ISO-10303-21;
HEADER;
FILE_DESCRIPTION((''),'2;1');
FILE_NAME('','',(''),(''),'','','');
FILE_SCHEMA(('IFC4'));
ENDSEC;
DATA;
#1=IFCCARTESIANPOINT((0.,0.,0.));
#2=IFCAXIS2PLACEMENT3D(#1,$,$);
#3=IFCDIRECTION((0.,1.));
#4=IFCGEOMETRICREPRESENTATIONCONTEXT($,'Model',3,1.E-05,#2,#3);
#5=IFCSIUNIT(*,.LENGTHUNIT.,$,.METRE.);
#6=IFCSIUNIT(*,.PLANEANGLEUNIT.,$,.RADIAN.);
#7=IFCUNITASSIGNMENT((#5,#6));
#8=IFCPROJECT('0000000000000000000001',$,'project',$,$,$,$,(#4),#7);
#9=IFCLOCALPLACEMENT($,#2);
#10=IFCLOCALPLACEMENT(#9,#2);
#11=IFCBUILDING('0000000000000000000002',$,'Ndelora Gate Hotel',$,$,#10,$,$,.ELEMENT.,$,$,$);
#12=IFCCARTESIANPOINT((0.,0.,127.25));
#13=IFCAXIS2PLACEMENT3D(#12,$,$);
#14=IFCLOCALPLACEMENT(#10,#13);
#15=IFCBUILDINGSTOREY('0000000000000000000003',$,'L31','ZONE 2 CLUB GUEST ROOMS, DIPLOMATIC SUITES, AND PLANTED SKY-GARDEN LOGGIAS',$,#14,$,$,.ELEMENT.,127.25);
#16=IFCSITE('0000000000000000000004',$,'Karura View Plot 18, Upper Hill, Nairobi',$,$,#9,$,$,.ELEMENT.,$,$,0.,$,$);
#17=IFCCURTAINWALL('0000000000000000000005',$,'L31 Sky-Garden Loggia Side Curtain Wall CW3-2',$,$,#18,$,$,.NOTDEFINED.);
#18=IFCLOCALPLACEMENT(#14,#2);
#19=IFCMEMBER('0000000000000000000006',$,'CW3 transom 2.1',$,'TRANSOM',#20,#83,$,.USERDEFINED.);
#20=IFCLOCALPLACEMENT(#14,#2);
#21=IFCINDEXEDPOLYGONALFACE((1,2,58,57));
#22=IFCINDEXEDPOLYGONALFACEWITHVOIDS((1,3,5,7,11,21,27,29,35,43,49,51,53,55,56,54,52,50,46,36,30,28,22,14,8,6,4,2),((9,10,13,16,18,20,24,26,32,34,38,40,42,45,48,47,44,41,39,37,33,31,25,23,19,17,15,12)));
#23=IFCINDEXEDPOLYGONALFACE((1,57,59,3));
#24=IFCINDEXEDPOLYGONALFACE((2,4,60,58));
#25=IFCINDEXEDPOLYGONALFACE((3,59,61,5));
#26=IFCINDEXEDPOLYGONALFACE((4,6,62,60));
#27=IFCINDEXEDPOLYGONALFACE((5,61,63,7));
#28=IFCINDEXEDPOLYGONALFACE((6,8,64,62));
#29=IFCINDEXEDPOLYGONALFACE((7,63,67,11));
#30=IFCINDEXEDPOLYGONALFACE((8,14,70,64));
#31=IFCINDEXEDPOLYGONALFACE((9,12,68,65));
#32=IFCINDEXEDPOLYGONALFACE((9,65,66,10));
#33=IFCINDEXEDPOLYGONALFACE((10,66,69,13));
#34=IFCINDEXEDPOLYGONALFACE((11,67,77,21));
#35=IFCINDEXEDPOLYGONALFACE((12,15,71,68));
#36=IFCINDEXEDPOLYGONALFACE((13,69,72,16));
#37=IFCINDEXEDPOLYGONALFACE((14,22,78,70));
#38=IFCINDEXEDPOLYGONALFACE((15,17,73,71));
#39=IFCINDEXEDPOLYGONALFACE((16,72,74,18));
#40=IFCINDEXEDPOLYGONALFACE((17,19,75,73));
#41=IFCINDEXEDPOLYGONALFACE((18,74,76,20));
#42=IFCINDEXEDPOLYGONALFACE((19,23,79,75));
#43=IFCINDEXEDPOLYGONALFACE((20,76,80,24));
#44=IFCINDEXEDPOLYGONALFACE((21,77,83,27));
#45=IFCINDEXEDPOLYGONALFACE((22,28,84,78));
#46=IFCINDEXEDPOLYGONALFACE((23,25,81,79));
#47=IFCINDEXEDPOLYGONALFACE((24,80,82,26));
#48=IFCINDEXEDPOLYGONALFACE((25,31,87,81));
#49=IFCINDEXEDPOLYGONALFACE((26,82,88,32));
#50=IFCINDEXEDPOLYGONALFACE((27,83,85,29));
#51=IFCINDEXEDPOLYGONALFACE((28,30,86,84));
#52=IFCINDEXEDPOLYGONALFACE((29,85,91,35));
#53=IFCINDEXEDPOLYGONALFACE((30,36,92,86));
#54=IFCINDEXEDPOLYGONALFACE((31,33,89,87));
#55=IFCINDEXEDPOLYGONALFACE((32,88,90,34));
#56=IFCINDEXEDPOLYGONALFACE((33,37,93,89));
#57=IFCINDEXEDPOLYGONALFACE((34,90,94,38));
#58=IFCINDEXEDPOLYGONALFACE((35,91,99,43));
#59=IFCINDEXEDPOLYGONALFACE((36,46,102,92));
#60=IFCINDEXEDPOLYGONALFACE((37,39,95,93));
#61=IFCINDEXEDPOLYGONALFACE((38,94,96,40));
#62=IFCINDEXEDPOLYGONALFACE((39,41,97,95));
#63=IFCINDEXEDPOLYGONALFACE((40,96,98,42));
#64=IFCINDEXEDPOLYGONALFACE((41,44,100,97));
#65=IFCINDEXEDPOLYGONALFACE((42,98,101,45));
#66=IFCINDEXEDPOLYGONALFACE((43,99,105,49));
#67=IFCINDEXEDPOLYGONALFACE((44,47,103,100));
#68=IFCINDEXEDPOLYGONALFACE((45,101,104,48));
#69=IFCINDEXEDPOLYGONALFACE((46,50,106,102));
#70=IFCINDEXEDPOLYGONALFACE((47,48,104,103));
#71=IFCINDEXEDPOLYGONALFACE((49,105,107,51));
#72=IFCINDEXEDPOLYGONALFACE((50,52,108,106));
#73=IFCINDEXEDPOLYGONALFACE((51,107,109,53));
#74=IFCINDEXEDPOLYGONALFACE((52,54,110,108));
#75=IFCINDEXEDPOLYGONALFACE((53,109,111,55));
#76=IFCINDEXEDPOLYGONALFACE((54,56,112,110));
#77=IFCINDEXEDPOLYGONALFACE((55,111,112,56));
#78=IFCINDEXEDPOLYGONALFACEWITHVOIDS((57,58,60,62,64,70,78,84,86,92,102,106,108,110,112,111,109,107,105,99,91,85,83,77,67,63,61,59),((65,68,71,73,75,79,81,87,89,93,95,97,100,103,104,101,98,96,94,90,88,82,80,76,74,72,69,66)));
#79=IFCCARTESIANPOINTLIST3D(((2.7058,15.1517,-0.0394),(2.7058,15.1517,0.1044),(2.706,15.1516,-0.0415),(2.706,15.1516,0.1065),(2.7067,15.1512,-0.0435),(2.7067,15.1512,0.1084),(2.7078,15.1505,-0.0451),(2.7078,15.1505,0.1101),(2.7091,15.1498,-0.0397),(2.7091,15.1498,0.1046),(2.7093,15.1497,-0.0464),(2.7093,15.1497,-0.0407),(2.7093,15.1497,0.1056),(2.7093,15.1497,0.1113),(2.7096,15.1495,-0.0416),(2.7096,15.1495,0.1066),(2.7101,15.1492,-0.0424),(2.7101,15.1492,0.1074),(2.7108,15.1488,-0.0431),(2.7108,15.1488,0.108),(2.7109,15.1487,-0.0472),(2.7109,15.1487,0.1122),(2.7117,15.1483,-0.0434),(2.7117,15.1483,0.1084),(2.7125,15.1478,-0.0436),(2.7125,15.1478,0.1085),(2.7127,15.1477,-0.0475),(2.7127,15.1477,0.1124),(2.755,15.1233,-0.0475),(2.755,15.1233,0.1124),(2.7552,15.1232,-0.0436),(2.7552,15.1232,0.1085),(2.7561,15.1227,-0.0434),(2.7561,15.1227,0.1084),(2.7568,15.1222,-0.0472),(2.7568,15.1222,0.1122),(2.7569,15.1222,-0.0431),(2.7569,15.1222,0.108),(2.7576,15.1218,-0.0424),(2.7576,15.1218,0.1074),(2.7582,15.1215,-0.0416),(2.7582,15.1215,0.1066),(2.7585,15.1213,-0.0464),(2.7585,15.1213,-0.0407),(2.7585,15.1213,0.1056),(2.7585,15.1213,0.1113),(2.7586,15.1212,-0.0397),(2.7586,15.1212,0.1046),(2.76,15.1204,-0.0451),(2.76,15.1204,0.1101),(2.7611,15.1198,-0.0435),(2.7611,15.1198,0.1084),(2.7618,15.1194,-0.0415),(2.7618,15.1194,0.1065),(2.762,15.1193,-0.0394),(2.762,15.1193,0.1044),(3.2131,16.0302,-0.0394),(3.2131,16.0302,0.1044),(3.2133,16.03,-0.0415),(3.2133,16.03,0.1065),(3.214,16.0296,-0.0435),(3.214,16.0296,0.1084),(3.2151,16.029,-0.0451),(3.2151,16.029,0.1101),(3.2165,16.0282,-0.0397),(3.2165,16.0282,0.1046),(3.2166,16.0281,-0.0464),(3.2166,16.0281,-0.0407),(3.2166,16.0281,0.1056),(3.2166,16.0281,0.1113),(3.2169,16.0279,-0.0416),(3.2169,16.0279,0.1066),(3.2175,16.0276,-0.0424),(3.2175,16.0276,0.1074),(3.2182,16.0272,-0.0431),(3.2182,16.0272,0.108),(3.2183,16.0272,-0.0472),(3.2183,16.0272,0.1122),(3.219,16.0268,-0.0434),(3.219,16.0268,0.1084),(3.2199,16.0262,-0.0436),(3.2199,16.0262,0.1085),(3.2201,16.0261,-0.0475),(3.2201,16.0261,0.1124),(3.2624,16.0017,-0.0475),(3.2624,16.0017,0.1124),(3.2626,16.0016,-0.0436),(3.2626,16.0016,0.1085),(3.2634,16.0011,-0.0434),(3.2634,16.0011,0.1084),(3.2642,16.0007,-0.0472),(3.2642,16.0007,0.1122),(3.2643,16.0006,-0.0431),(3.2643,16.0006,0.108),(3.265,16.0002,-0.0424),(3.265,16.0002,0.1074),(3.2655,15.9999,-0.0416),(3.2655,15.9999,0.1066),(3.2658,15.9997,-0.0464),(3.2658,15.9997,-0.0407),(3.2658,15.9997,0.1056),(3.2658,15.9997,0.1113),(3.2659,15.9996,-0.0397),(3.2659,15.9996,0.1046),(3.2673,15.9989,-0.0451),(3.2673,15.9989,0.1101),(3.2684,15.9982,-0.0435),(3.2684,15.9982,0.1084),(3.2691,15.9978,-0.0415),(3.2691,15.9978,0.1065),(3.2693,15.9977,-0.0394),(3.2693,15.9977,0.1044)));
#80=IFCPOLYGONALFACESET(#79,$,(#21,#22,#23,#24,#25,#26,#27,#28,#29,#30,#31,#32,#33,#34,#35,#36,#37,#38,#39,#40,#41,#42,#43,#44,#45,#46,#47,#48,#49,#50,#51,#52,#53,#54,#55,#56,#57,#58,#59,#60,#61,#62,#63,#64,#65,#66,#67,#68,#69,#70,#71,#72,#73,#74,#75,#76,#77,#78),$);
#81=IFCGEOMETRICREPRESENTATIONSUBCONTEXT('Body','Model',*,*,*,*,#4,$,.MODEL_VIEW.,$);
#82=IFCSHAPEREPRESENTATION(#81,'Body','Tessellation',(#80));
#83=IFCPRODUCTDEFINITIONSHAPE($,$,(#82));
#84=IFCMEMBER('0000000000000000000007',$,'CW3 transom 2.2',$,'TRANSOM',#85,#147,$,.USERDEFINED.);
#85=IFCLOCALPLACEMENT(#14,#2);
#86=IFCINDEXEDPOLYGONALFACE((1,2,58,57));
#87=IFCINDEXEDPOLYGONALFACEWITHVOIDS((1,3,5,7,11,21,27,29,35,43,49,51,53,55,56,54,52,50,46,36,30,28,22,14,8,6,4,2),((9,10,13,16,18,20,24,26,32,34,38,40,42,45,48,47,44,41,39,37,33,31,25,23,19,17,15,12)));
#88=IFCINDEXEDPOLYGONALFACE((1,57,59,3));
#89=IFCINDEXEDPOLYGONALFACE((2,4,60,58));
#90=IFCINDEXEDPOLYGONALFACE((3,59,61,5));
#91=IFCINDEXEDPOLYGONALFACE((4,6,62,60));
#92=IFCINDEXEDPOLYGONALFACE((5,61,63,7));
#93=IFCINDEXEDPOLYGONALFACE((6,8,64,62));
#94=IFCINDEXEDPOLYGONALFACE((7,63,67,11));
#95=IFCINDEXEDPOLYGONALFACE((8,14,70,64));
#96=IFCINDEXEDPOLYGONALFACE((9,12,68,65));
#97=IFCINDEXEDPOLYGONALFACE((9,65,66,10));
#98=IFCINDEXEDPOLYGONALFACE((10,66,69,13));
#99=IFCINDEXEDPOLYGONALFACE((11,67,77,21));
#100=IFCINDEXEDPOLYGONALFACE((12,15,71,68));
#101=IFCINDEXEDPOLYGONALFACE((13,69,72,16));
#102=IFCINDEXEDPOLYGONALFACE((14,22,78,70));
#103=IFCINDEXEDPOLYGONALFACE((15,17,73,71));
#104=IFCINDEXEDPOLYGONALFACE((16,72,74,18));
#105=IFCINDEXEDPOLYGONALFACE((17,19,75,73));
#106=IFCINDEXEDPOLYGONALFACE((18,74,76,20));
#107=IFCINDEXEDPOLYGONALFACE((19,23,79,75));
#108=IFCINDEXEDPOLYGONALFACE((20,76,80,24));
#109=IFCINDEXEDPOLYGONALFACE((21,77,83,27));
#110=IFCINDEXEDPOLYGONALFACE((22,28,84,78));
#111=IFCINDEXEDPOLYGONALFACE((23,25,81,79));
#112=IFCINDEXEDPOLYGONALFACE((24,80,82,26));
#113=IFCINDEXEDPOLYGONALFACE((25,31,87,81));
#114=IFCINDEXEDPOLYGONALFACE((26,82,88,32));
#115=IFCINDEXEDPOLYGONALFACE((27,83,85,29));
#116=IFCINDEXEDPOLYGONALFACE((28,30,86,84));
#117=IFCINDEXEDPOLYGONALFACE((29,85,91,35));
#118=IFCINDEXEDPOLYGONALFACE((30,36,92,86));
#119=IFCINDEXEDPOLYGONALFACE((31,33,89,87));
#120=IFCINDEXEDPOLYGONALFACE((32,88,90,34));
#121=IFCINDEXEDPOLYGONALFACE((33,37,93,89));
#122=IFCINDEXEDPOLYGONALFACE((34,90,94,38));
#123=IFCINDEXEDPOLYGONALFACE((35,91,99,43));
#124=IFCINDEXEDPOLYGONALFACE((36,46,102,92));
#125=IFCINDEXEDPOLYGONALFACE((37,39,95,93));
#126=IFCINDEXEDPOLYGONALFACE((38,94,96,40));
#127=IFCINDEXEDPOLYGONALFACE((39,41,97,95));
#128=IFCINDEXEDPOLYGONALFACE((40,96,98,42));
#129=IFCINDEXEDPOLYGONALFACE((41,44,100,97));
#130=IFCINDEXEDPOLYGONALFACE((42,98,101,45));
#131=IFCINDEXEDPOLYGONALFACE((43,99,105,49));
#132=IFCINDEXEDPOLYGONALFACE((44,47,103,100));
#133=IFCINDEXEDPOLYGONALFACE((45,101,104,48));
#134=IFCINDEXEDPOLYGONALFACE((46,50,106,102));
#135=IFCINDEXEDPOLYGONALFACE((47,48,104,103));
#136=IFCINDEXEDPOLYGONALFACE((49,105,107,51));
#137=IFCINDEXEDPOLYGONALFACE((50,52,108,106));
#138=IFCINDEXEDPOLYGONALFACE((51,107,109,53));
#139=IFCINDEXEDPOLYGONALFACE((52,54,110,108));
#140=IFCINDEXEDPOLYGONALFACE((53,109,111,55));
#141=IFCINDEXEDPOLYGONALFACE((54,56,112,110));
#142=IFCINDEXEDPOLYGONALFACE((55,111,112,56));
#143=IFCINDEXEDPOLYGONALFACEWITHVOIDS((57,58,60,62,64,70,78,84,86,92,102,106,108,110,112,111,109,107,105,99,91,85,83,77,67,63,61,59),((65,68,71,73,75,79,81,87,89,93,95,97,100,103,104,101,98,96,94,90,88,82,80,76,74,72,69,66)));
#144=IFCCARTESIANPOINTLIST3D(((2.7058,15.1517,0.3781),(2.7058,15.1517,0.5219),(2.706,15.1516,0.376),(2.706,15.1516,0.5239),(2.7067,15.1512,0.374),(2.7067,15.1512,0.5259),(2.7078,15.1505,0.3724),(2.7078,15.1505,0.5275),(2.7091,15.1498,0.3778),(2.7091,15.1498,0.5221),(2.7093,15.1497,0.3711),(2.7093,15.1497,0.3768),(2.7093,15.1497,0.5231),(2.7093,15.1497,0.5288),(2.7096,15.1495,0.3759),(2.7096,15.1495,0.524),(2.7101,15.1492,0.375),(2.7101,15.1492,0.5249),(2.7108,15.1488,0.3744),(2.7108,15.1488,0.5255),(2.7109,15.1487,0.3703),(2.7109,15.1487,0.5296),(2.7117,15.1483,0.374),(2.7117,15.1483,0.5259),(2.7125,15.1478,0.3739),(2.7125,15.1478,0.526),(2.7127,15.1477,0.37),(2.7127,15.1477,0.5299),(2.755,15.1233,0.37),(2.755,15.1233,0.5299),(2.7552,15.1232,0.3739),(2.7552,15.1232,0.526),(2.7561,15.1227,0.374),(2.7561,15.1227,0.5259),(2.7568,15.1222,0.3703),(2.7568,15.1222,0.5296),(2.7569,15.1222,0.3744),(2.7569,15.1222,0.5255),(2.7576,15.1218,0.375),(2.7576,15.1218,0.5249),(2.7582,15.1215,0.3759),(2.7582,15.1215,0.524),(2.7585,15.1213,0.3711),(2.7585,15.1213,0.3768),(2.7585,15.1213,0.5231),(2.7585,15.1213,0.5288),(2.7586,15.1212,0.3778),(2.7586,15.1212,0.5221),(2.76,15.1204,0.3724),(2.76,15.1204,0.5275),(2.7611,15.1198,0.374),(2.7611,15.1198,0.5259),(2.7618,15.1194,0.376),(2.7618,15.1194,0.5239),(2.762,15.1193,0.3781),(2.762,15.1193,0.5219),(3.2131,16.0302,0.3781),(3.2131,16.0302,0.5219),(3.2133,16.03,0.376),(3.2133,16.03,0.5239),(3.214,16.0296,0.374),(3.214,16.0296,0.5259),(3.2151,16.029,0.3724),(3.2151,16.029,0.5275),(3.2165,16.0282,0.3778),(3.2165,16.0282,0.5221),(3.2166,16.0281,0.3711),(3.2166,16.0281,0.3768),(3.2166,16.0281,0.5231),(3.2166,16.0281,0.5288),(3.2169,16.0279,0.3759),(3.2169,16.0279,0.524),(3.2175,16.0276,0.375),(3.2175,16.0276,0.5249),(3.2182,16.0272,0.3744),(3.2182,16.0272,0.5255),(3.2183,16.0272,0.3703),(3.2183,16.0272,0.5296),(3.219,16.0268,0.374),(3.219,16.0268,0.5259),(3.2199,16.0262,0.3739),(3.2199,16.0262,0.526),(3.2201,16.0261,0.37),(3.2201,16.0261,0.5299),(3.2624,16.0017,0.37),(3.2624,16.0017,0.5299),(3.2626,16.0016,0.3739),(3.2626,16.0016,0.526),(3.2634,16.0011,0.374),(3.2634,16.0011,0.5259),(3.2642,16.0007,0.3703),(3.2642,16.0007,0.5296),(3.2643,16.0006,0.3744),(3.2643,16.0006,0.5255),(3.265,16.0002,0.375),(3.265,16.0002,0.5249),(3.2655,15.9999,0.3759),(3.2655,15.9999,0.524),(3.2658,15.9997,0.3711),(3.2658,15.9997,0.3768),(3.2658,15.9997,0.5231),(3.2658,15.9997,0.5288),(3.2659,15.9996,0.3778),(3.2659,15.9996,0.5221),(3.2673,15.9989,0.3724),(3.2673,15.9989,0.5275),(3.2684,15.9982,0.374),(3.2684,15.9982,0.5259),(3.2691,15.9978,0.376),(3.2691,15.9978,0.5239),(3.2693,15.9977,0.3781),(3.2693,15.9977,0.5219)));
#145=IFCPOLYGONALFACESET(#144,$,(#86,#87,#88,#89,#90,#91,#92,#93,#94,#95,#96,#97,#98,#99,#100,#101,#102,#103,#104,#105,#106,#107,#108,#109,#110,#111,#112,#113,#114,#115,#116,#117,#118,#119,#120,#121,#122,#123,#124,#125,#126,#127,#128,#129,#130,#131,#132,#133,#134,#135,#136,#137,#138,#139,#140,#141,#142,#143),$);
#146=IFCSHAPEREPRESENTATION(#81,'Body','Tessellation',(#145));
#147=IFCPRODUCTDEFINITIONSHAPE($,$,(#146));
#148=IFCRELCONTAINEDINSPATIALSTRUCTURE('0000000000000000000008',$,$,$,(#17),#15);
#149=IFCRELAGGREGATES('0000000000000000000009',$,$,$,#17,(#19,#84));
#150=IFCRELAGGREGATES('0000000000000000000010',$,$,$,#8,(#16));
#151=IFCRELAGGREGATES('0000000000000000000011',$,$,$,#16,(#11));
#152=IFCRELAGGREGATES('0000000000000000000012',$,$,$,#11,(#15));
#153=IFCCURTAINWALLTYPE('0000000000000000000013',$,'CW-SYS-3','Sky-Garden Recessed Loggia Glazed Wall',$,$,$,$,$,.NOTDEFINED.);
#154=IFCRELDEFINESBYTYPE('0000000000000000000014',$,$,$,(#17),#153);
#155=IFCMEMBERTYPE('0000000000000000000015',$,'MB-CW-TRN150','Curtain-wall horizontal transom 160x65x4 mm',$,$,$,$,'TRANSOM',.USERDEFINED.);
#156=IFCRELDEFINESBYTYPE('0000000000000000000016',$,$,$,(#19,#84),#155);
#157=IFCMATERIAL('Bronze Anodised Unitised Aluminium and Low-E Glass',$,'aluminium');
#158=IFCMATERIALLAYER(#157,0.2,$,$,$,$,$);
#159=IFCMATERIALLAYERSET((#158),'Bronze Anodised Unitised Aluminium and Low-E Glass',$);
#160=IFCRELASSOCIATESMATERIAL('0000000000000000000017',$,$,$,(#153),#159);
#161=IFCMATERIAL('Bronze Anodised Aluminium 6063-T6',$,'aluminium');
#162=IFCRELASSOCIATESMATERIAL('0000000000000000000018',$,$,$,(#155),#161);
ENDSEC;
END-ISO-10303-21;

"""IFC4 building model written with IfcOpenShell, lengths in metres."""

from ifc_helpers import new_model, si_unit, direction, frame, origin, origin_2d, place, context, subcontext, project, spatial, hollow_rectangle, extrude, material, layer, layer_set, material_profile, profile_set, type_object, element, aggregate, save


model = new_model("IFC4")

# Units and contexts
model_context = context("Model", 3, precision=1e-05, world=origin(), true_north=direction((0.0, 1.0)))
body_context = subcontext(model_context, "Body", "Model", "MODEL_VIEW")
ifc_project = project(units=[si_unit("LENGTHUNIT", "METRE"), si_unit("PLANEANGLEUNIT", "RADIAN")], contexts=[model_context])

# Site, building, storey
site_placement = place(None, origin())
site = spatial("IfcSite", under=ifc_project, at=site_placement, Name="Karura View Plot 18, Upper Hill, Nairobi", CompositionType="ELEMENT", RefElevation=0.0)
building_placement = place(site_placement, origin())
building = spatial("IfcBuilding", under=site, at=building_placement, Name="Ndelora Gate Hotel", CompositionType="ELEMENT")
storey_placement = place(building_placement, frame((0.0, 0.0, 127.25)))
storey = spatial("IfcBuildingStorey", under=building, at=storey_placement, Name="L31", Description="ZONE 2 CLUB GUEST ROOMS, DIPLOMATIC SUITES, AND PLANTED SKY-GARDEN LOGGIAS", CompositionType="ELEMENT", Elevation=127.25)

# Curtain wall, members
ifc_material_1 = material(Name="Bronze Anodised Unitised Aluminium and Low-E Glass", Category="aluminium")
ifc_layer_1 = layer(ifc_material_1, 0.2)
ifc_layer_set_1 = layer_set([ifc_layer_1], Name="Bronze Anodised Unitised Aluminium and Low-E Glass")
curtain_wall_type = type_object("IfcCurtainWallType", Name="CW-SYS-3", Description="Sky-Garden Recessed Loggia Glazed Wall", PredefinedType="NOTDEFINED", material=ifc_layer_set_1)
curtain_wall_placement = place(storey_placement, origin())
curtain_wall = element("IfcCurtainWall", 1, at=curtain_wall_placement, inside=storey, type_object=curtain_wall_type, Name="L31 Sky-Garden Loggia Side Curtain Wall CW3-2", PredefinedType="NOTDEFINED")
ifc_material_2 = material(Name="Bronze Anodised Aluminium 6063-T6", Category="aluminium")
ifc_material_profile_1 = material_profile(ifc_material_2, hollow_rectangle(XDim=0.0649, YDim=0.1599, WallThickness=0.0039, InnerFilletRadius=0.0039, OuterFilletRadius=0.0081, at=origin_2d()), Name="ALU 160x65x4")
ifc_profile_set_1 = profile_set([ifc_material_profile_1], Name="Bronze Anodised Aluminium 6063-T6")
member_type_1 = type_object("IfcMemberType", Name="MB-CW-TRN150", Description="Curtain-wall horizontal transom 160x65x4 mm", ElementType="TRANSOM", PredefinedType="USERDEFINED", material=ifc_profile_set_1)
member_1_placement = place(storey_placement, frame((3.2412, 16.0139, 0.0325), z_axis=(-0.500125, -0.865953, 0.0), x_axis=(0.865953, -0.500125, 0.0)))
member_1 = element("IfcMember", 2, at=member_1_placement, type_object=member_type_1, Name="CW3 transom 2.1", ObjectType="TRANSOM", PredefinedType="USERDEFINED", context=body_context, shape_type="SweptSolid", body=[
    extrude(hollow_rectangle(XDim=0.0649, YDim=0.1599, WallThickness=0.0039, InnerFilletRadius=0.0039, OuterFilletRadius=0.0081, at=origin_2d()), origin(), (0.0, 0.0, 1.0), 1.0144),
])
member_2_placement = place(storey_placement, frame((3.2412, 16.0139, 0.45), z_axis=(-0.500125, -0.865953, 0.0), x_axis=(0.865953, -0.500125, 0.0)))
member_2 = element("IfcMember", 3, at=member_2_placement, type_object=member_type_1, Name="CW3 transom 2.2", ObjectType="TRANSOM", PredefinedType="USERDEFINED", context=body_context, shape_type="SweptSolid", body=[
    extrude(hollow_rectangle(XDim=0.0649, YDim=0.1599, WallThickness=0.0039, InnerFilletRadius=0.0039, OuterFilletRadius=0.0081, at=origin_2d()), origin(), (0.0, 0.0, 1.0), 1.0144),
])
aggregate(curtain_wall, [member_1, member_2])

save(model, "model.ifc")
